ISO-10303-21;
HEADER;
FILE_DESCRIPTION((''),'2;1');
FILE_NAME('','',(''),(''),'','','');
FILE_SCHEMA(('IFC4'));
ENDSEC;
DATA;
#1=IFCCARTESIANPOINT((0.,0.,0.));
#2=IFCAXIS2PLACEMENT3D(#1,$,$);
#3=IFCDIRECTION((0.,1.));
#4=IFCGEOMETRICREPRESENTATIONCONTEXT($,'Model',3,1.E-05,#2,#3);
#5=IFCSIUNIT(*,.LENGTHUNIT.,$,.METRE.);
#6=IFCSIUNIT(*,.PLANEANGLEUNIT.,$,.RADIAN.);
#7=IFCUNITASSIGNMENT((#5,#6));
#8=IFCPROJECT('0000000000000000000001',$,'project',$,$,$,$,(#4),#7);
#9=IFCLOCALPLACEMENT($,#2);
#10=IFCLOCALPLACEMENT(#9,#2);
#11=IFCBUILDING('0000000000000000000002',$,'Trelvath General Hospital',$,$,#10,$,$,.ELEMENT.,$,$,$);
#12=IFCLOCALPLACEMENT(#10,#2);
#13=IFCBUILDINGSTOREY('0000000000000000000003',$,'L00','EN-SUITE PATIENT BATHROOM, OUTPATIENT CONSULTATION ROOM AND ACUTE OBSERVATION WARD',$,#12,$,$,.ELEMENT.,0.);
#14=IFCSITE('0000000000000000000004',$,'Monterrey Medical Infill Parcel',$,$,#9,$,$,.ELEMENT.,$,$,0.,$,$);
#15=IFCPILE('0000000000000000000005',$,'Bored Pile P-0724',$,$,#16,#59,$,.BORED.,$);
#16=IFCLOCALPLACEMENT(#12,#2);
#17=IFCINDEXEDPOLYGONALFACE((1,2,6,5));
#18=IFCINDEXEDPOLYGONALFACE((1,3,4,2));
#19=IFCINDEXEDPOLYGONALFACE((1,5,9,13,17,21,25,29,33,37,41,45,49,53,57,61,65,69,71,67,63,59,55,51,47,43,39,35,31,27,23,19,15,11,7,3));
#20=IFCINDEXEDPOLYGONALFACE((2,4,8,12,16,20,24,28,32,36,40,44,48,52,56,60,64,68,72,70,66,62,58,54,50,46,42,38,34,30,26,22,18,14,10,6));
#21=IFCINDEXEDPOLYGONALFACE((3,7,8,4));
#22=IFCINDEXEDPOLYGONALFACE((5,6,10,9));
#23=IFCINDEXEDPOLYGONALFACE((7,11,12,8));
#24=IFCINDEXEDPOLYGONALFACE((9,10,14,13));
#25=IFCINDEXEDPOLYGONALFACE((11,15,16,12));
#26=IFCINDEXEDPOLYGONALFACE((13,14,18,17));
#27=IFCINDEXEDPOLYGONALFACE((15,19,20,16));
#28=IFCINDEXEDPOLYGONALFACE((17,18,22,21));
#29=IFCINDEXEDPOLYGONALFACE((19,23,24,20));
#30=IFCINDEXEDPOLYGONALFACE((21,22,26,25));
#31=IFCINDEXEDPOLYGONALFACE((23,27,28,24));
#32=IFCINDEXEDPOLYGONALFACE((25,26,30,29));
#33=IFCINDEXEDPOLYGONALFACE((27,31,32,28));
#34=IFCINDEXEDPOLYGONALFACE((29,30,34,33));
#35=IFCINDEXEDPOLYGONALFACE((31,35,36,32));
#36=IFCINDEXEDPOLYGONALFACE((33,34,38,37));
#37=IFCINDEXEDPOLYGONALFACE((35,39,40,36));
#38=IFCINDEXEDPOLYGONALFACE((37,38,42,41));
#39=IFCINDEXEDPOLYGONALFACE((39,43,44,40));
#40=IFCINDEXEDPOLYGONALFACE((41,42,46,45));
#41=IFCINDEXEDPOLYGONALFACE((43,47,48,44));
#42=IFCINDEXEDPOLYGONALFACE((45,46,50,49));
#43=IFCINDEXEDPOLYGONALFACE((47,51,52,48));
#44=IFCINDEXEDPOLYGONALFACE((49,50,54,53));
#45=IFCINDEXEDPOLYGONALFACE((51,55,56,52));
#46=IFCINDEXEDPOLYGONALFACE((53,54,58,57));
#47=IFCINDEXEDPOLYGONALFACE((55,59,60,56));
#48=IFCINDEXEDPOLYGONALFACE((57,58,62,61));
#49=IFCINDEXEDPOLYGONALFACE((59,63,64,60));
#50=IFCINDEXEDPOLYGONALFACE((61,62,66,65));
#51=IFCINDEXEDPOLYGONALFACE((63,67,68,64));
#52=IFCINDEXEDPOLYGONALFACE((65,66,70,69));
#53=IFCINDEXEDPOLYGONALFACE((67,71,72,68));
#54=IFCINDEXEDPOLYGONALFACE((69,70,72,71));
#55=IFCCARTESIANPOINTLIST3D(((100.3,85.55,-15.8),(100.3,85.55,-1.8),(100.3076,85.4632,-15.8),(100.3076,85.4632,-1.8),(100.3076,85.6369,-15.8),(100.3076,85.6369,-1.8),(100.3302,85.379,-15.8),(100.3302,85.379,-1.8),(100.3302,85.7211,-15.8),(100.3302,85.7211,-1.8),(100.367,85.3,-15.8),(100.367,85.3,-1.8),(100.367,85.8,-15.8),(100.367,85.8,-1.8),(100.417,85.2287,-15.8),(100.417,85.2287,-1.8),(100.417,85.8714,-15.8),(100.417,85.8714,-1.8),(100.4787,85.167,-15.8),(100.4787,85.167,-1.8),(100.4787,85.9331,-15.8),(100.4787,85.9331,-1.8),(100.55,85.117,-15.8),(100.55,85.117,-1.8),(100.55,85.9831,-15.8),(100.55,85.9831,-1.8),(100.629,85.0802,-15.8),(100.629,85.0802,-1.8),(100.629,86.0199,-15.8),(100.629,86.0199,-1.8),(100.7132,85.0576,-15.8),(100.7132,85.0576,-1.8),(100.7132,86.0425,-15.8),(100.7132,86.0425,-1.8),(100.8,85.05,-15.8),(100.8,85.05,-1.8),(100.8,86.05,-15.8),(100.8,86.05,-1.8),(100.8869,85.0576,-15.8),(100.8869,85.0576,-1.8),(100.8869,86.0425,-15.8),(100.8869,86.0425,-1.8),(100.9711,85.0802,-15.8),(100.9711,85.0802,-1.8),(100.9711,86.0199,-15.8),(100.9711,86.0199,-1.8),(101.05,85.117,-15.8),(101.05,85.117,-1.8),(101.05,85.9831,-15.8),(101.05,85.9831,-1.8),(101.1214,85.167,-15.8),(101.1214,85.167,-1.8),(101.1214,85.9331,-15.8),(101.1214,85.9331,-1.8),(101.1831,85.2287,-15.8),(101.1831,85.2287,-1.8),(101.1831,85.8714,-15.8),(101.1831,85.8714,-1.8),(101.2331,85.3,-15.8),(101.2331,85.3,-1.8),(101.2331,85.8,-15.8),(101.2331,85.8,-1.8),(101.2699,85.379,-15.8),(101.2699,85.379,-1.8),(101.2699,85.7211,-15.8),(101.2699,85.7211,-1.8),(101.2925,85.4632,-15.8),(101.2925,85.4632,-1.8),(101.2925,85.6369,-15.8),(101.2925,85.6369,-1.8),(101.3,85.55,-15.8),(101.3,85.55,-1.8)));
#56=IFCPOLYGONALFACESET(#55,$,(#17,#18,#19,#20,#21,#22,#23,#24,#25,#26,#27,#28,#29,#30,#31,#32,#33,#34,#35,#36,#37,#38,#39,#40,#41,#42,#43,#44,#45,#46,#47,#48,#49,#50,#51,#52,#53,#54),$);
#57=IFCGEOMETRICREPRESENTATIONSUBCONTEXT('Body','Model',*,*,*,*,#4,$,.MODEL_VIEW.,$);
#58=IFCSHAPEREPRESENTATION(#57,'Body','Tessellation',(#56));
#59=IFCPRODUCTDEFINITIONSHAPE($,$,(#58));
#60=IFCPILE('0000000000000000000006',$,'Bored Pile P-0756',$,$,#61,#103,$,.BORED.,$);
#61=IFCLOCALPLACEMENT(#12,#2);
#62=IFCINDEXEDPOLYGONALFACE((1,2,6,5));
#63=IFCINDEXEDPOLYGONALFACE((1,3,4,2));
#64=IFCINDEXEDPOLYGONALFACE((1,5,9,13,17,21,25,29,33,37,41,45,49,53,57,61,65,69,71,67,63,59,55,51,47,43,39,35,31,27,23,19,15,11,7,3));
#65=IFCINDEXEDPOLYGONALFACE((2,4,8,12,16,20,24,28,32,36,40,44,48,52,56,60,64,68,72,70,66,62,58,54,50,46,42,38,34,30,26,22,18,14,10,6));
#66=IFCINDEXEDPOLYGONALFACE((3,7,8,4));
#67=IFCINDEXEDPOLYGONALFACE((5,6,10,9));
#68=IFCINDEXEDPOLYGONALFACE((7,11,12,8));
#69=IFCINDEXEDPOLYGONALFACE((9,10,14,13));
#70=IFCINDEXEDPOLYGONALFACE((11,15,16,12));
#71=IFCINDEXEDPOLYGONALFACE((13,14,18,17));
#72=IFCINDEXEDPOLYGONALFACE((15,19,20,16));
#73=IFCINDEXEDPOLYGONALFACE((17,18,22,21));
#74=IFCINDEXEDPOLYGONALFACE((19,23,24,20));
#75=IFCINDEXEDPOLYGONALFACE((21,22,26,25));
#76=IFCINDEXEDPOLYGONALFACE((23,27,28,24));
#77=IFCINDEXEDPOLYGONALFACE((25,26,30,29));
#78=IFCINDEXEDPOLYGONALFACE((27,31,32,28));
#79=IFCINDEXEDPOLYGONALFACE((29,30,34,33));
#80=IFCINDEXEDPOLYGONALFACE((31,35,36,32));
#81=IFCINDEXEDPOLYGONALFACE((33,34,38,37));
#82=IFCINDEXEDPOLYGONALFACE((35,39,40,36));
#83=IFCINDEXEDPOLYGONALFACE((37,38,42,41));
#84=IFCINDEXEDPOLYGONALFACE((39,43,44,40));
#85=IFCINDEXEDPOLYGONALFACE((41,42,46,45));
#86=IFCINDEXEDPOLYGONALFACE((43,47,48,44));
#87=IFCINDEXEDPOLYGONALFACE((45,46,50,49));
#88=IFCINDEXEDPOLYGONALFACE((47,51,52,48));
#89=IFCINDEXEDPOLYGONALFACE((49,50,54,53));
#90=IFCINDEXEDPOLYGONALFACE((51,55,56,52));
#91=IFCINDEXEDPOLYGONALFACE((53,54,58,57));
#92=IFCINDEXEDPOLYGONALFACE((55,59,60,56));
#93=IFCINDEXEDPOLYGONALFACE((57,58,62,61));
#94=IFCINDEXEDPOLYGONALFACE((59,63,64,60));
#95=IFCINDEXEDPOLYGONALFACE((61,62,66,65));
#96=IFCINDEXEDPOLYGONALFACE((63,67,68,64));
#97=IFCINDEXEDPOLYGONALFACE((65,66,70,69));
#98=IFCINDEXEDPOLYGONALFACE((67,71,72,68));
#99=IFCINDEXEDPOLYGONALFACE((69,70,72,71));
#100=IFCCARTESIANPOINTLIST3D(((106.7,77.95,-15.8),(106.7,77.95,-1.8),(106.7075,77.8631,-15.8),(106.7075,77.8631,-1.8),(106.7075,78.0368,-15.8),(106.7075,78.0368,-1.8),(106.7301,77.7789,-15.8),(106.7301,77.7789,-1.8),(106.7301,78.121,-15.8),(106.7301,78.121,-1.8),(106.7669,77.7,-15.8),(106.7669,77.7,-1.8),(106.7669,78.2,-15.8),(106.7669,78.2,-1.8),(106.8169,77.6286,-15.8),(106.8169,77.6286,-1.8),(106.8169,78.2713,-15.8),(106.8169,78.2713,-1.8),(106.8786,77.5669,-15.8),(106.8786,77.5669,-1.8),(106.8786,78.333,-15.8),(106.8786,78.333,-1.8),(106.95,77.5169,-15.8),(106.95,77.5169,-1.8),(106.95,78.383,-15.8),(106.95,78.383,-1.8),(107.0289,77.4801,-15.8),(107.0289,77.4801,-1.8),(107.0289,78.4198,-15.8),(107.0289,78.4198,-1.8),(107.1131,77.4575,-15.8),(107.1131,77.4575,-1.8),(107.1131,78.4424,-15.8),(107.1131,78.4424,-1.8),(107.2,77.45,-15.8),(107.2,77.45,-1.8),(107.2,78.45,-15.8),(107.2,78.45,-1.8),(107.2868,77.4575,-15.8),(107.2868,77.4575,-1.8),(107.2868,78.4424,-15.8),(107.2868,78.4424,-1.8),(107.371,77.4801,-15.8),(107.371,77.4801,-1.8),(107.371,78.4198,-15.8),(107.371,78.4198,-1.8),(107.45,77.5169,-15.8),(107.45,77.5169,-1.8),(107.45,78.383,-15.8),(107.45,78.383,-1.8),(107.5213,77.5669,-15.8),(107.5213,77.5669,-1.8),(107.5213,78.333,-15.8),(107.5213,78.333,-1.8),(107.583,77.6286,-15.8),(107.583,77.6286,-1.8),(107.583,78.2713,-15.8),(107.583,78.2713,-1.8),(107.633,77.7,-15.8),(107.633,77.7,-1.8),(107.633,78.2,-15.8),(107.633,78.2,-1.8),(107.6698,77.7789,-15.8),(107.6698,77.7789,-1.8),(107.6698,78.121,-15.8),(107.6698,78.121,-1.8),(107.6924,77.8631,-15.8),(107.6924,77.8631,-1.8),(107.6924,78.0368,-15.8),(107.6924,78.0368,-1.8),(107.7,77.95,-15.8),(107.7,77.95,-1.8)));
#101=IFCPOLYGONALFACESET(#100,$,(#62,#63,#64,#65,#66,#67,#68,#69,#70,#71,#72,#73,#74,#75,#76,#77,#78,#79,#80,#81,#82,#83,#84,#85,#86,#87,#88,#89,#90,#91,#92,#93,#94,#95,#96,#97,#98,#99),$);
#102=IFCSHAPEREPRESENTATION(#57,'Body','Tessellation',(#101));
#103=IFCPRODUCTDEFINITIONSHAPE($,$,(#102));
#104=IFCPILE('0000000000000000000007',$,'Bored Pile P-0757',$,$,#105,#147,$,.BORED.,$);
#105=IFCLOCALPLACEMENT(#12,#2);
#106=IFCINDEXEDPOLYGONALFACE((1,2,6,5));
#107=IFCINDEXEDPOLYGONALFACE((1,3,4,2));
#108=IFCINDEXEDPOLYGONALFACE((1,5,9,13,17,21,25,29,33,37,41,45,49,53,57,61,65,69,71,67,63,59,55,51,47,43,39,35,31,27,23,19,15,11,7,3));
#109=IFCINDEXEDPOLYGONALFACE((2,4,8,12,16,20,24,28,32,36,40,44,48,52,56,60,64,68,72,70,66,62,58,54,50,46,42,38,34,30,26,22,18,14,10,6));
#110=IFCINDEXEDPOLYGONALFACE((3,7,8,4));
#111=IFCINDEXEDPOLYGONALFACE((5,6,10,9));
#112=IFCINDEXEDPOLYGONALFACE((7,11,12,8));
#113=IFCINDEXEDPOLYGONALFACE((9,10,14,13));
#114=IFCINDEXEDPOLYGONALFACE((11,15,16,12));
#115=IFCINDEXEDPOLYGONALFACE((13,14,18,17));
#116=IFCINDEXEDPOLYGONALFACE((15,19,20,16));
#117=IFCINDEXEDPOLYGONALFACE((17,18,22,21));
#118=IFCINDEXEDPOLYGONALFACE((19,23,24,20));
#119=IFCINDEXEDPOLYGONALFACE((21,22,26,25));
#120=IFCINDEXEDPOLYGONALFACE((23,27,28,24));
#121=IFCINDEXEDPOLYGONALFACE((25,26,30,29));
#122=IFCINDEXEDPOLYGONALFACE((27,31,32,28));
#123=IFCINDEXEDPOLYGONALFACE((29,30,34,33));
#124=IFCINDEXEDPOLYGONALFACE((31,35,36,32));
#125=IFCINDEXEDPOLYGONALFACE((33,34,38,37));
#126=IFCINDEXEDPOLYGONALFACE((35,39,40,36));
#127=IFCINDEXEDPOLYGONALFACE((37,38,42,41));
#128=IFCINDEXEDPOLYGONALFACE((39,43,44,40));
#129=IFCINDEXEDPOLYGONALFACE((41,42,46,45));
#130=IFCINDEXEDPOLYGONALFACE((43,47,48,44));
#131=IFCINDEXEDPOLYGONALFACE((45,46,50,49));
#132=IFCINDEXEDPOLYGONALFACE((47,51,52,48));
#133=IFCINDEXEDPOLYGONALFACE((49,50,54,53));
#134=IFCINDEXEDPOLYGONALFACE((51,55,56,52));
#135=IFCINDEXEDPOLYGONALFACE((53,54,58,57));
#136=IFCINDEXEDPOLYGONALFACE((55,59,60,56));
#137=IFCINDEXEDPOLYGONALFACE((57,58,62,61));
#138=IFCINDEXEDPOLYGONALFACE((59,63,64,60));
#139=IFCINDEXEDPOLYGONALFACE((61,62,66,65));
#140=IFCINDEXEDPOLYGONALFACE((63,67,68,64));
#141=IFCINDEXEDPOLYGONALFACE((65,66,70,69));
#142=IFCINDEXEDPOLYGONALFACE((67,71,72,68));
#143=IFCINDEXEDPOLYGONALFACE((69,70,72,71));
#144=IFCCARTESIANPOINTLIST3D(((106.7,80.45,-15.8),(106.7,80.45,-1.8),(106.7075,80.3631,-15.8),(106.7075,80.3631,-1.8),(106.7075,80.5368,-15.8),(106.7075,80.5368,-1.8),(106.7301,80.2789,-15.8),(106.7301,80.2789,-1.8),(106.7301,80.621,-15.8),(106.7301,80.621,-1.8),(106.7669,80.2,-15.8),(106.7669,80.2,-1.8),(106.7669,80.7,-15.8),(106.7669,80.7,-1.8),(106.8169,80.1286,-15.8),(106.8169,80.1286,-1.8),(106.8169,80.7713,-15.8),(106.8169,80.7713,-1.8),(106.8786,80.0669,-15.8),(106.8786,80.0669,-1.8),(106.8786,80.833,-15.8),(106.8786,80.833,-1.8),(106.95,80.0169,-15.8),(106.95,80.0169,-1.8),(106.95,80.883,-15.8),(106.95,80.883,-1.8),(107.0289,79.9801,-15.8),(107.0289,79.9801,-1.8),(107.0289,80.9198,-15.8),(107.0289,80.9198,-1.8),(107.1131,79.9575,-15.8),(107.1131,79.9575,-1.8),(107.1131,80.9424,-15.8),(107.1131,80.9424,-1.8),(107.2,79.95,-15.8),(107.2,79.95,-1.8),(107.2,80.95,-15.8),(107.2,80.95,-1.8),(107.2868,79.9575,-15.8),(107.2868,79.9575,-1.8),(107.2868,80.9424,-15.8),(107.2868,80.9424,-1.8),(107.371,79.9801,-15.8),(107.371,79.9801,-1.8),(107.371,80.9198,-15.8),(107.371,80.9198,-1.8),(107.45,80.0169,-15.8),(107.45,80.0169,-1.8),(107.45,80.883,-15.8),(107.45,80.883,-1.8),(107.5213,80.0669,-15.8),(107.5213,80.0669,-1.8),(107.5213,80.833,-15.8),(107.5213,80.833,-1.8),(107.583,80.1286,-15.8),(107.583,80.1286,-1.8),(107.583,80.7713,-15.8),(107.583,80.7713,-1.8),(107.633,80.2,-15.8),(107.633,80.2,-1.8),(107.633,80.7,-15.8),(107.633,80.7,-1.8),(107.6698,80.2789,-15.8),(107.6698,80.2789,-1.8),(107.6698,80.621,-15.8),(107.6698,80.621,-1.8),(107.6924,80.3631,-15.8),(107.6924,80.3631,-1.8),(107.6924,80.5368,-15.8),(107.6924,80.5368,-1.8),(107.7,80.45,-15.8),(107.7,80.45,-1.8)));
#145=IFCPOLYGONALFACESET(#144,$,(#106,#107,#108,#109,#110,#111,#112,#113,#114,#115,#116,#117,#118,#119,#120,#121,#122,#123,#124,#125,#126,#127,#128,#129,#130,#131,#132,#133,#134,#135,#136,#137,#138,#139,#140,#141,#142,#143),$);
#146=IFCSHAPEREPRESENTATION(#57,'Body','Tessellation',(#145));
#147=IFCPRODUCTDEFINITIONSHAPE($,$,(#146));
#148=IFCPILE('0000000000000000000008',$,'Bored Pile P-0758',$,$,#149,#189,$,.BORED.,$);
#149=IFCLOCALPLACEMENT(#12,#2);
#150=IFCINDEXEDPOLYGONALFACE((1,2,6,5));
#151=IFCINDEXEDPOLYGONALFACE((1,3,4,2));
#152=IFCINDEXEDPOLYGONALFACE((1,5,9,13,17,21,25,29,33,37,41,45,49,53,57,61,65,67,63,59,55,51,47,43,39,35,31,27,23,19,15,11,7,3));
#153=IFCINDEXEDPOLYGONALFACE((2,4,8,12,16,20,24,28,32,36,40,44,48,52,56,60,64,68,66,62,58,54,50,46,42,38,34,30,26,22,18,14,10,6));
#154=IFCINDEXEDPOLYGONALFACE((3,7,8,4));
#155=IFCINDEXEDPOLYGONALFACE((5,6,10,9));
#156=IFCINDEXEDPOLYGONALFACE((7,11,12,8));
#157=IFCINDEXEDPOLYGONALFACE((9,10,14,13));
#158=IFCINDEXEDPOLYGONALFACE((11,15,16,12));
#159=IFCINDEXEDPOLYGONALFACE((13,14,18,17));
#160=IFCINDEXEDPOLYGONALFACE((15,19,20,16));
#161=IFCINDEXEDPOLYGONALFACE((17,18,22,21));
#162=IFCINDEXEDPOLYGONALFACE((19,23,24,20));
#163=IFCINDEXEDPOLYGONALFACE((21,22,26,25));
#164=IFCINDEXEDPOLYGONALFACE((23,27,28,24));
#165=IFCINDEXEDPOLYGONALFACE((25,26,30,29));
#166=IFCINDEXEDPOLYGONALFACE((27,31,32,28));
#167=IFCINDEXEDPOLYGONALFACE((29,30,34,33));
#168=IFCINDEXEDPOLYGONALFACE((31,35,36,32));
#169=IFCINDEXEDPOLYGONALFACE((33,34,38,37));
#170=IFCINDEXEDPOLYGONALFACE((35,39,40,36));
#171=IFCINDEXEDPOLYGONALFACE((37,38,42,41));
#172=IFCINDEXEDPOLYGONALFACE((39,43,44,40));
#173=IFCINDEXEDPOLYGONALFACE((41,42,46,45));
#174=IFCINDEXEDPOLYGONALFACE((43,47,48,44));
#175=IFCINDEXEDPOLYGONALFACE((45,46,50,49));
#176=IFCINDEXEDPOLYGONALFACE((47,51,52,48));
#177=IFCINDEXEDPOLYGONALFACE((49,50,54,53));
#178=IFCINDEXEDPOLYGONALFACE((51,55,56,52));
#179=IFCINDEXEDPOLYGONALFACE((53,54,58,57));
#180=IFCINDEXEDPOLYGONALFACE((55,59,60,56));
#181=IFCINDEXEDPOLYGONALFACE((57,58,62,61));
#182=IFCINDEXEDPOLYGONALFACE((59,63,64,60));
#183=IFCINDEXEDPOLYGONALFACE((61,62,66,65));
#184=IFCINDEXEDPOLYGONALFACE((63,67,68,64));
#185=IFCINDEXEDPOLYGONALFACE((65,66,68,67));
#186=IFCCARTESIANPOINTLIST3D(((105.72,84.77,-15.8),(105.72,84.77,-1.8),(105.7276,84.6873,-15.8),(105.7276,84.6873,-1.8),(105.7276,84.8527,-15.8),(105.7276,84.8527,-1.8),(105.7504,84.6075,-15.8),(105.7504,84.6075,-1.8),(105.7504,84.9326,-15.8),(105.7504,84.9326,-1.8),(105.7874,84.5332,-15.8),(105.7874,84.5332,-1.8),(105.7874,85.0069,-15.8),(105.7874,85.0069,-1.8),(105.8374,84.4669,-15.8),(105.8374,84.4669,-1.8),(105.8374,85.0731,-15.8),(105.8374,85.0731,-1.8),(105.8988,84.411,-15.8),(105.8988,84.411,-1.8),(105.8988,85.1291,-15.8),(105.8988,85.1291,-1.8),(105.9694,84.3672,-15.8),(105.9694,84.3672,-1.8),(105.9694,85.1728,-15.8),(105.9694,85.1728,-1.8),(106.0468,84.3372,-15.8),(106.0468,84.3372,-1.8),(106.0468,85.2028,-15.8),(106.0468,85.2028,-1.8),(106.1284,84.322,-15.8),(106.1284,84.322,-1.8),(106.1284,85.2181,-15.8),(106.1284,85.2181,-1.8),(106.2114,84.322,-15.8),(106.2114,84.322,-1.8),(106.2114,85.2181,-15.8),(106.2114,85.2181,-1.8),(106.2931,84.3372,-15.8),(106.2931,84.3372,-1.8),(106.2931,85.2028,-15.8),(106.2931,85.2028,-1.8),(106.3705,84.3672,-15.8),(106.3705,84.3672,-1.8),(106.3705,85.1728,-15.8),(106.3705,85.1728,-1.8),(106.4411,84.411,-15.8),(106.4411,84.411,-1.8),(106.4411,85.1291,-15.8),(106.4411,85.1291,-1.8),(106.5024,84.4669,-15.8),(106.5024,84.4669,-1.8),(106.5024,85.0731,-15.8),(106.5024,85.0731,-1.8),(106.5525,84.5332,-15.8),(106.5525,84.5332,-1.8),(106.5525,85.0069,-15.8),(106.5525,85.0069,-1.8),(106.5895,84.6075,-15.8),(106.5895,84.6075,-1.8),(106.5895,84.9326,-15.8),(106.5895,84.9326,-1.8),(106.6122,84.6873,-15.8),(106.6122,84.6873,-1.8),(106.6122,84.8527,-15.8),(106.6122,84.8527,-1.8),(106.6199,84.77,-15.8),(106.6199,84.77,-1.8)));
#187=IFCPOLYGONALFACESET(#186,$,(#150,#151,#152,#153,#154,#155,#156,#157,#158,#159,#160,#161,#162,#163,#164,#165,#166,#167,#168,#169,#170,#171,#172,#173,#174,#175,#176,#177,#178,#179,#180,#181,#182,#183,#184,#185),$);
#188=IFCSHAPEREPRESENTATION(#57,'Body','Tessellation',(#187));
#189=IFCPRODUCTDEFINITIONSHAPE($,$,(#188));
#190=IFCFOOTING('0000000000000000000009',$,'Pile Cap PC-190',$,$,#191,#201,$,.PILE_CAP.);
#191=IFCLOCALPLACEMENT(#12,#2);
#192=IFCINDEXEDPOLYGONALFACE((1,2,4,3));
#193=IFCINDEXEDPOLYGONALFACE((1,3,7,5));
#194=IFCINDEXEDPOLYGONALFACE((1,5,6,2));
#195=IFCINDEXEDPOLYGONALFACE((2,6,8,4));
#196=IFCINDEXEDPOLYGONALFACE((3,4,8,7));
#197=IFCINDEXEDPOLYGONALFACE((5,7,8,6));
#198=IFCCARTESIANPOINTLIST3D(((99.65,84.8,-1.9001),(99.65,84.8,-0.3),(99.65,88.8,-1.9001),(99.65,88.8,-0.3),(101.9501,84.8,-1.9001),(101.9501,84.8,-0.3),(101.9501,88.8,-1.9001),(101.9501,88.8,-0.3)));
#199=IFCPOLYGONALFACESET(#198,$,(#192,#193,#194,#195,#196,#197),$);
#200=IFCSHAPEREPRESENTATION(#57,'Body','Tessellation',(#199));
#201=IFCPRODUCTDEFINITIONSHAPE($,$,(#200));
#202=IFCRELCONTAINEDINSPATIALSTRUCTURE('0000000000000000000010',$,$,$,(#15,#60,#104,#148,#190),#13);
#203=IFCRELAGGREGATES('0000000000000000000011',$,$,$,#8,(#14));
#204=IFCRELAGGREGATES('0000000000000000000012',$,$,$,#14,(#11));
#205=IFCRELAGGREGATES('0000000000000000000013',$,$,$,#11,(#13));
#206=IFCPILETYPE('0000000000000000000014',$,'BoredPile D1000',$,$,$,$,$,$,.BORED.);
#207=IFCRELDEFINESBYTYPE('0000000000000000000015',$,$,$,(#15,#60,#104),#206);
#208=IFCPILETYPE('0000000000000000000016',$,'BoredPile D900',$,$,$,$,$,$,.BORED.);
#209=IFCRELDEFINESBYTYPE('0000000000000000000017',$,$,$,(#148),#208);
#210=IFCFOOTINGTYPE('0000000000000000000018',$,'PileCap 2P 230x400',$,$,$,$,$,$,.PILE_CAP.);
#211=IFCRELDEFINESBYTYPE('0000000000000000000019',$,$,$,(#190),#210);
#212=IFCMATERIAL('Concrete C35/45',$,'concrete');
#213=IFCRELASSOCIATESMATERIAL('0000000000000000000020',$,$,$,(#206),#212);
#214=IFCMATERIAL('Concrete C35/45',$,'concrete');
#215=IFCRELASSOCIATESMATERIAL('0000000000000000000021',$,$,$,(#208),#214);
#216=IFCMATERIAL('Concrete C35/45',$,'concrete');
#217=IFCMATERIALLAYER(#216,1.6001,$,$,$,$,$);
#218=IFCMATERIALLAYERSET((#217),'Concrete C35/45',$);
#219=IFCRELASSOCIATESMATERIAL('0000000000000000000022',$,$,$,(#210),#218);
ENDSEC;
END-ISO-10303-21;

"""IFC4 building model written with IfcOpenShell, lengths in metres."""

from ifc_helpers import new_model, si_unit, direction, frame, origin, origin_2d, place, context, subcontext, project, spatial, rectangle, circle, extrude, material, layer, layer_set, material_profile, profile_set, type_object, element, save


model = new_model("IFC4")

# Units and contexts
model_context = context("Model", 3, precision=1e-05, world=origin(), true_north=direction((0.0, 1.0)))
body_context = subcontext(model_context, "Body", "Model", "MODEL_VIEW")
ifc_project = project(units=[si_unit("LENGTHUNIT", "METRE"), si_unit("PLANEANGLEUNIT", "RADIAN")], contexts=[model_context])

# Site, building, storey
site_placement = place(None, origin())
site = spatial("IfcSite", under=ifc_project, at=site_placement, Name="Monterrey Medical Infill Parcel", CompositionType="ELEMENT", RefElevation=0.0)
building_placement = place(site_placement, origin())
building = spatial("IfcBuilding", under=site, at=building_placement, Name="Trelvath General Hospital", CompositionType="ELEMENT")
storey_placement = place(building_placement, origin())
storey = spatial("IfcBuildingStorey", under=building, at=storey_placement, Name="L00", Description="EN-SUITE PATIENT BATHROOM, OUTPATIENT CONSULTATION ROOM AND ACUTE OBSERVATION WARD", CompositionType="ELEMENT", Elevation=0.0)

# Piles
ifc_material_1 = material(Name="Concrete C35/45", Category="concrete")
ifc_material_profile_1 = material_profile(ifc_material_1, circle(Radius=0.5, at=origin_2d()), Name="PILE1000")
ifc_profile_set_1 = profile_set([ifc_material_profile_1], Name="Concrete C35/45")
pile_type_1 = type_object("IfcPileType", Name="BoredPile D1000", PredefinedType="BORED", material=ifc_profile_set_1)
for number, where, z_axis, x_axis, name in (
    (1, (100.8, 85.55, -1.8), (0.0, 0.0, -1.0), (1.0, 0.0, 0.0), "Bored Pile P-0724"),
    (2, (107.2, 77.95, -1.8), (0.0, 0.0, -1.0), (1.0, 0.0, 0.0), "Bored Pile P-0756"),
    (3, (107.2, 80.45, -1.8), (0.0, 0.0, -1.0), (1.0, 0.0, 0.0), "Bored Pile P-0757"),
):
    element("IfcPile", number, at=place(storey_placement, frame(where, z_axis=z_axis, x_axis=x_axis)), inside=storey, type_object=pile_type_1, Name=name, PredefinedType="BORED", context=body_context, shape_type="SweptSolid", body=[
        extrude(circle(Radius=0.5, at=origin_2d()), origin(), (0.0, 0.0, 1.0), 14.0),
    ])
ifc_material_2 = material(Name="Concrete C35/45", Category="concrete")
ifc_material_profile_2 = material_profile(ifc_material_2, circle(Radius=0.45, at=origin_2d()), Name="PILE900")
ifc_profile_set_2 = profile_set([ifc_material_profile_2], Name="Concrete C35/45")
pile_type_2 = type_object("IfcPileType", Name="BoredPile D900", PredefinedType="BORED", material=ifc_profile_set_2)
pile_placement = place(storey_placement, frame((106.1699, 84.77, -1.8), z_axis=(0.0, 0.0, -1.0), x_axis=(1.0, 0.0, 0.0)))
element("IfcPile", 4, at=pile_placement, inside=storey, type_object=pile_type_2, Name="Bored Pile P-0758", PredefinedType="BORED", context=body_context, shape_type="SweptSolid", body=[
    extrude(circle(Radius=0.45, at=origin_2d()), origin(), (0.0, 0.0, 1.0), 14.0),
])

# Footing
ifc_material_3 = material(Name="Concrete C35/45", Category="concrete")
ifc_layer_1 = layer(ifc_material_3, 1.6001)
ifc_layer_set_1 = layer_set([ifc_layer_1], Name="Concrete C35/45")
footing_type = type_object("IfcFootingType", Name="PileCap 2P 230x400", PredefinedType="PILE_CAP", material=ifc_layer_set_1)
for number, where, z_axis, x_axis, name in (
    (5, (100.8, 86.8, -1.9001), (0.0, 0.0, 1.0), (1.0, 0.0, 0.0), "Pile Cap PC-190"),
):
    element("IfcFooting", number, at=place(storey_placement, frame(where, z_axis=z_axis, x_axis=x_axis)), inside=storey, type_object=footing_type, Name=name, PredefinedType="PILE_CAP", context=body_context, shape_type="SweptSolid", body=[
        extrude(rectangle(XDim=2.3, YDim=4.0, at=origin_2d()), origin(), (0.0, 0.0, 1.0), 1.6001),
    ])

save(model, "model.ifc")
